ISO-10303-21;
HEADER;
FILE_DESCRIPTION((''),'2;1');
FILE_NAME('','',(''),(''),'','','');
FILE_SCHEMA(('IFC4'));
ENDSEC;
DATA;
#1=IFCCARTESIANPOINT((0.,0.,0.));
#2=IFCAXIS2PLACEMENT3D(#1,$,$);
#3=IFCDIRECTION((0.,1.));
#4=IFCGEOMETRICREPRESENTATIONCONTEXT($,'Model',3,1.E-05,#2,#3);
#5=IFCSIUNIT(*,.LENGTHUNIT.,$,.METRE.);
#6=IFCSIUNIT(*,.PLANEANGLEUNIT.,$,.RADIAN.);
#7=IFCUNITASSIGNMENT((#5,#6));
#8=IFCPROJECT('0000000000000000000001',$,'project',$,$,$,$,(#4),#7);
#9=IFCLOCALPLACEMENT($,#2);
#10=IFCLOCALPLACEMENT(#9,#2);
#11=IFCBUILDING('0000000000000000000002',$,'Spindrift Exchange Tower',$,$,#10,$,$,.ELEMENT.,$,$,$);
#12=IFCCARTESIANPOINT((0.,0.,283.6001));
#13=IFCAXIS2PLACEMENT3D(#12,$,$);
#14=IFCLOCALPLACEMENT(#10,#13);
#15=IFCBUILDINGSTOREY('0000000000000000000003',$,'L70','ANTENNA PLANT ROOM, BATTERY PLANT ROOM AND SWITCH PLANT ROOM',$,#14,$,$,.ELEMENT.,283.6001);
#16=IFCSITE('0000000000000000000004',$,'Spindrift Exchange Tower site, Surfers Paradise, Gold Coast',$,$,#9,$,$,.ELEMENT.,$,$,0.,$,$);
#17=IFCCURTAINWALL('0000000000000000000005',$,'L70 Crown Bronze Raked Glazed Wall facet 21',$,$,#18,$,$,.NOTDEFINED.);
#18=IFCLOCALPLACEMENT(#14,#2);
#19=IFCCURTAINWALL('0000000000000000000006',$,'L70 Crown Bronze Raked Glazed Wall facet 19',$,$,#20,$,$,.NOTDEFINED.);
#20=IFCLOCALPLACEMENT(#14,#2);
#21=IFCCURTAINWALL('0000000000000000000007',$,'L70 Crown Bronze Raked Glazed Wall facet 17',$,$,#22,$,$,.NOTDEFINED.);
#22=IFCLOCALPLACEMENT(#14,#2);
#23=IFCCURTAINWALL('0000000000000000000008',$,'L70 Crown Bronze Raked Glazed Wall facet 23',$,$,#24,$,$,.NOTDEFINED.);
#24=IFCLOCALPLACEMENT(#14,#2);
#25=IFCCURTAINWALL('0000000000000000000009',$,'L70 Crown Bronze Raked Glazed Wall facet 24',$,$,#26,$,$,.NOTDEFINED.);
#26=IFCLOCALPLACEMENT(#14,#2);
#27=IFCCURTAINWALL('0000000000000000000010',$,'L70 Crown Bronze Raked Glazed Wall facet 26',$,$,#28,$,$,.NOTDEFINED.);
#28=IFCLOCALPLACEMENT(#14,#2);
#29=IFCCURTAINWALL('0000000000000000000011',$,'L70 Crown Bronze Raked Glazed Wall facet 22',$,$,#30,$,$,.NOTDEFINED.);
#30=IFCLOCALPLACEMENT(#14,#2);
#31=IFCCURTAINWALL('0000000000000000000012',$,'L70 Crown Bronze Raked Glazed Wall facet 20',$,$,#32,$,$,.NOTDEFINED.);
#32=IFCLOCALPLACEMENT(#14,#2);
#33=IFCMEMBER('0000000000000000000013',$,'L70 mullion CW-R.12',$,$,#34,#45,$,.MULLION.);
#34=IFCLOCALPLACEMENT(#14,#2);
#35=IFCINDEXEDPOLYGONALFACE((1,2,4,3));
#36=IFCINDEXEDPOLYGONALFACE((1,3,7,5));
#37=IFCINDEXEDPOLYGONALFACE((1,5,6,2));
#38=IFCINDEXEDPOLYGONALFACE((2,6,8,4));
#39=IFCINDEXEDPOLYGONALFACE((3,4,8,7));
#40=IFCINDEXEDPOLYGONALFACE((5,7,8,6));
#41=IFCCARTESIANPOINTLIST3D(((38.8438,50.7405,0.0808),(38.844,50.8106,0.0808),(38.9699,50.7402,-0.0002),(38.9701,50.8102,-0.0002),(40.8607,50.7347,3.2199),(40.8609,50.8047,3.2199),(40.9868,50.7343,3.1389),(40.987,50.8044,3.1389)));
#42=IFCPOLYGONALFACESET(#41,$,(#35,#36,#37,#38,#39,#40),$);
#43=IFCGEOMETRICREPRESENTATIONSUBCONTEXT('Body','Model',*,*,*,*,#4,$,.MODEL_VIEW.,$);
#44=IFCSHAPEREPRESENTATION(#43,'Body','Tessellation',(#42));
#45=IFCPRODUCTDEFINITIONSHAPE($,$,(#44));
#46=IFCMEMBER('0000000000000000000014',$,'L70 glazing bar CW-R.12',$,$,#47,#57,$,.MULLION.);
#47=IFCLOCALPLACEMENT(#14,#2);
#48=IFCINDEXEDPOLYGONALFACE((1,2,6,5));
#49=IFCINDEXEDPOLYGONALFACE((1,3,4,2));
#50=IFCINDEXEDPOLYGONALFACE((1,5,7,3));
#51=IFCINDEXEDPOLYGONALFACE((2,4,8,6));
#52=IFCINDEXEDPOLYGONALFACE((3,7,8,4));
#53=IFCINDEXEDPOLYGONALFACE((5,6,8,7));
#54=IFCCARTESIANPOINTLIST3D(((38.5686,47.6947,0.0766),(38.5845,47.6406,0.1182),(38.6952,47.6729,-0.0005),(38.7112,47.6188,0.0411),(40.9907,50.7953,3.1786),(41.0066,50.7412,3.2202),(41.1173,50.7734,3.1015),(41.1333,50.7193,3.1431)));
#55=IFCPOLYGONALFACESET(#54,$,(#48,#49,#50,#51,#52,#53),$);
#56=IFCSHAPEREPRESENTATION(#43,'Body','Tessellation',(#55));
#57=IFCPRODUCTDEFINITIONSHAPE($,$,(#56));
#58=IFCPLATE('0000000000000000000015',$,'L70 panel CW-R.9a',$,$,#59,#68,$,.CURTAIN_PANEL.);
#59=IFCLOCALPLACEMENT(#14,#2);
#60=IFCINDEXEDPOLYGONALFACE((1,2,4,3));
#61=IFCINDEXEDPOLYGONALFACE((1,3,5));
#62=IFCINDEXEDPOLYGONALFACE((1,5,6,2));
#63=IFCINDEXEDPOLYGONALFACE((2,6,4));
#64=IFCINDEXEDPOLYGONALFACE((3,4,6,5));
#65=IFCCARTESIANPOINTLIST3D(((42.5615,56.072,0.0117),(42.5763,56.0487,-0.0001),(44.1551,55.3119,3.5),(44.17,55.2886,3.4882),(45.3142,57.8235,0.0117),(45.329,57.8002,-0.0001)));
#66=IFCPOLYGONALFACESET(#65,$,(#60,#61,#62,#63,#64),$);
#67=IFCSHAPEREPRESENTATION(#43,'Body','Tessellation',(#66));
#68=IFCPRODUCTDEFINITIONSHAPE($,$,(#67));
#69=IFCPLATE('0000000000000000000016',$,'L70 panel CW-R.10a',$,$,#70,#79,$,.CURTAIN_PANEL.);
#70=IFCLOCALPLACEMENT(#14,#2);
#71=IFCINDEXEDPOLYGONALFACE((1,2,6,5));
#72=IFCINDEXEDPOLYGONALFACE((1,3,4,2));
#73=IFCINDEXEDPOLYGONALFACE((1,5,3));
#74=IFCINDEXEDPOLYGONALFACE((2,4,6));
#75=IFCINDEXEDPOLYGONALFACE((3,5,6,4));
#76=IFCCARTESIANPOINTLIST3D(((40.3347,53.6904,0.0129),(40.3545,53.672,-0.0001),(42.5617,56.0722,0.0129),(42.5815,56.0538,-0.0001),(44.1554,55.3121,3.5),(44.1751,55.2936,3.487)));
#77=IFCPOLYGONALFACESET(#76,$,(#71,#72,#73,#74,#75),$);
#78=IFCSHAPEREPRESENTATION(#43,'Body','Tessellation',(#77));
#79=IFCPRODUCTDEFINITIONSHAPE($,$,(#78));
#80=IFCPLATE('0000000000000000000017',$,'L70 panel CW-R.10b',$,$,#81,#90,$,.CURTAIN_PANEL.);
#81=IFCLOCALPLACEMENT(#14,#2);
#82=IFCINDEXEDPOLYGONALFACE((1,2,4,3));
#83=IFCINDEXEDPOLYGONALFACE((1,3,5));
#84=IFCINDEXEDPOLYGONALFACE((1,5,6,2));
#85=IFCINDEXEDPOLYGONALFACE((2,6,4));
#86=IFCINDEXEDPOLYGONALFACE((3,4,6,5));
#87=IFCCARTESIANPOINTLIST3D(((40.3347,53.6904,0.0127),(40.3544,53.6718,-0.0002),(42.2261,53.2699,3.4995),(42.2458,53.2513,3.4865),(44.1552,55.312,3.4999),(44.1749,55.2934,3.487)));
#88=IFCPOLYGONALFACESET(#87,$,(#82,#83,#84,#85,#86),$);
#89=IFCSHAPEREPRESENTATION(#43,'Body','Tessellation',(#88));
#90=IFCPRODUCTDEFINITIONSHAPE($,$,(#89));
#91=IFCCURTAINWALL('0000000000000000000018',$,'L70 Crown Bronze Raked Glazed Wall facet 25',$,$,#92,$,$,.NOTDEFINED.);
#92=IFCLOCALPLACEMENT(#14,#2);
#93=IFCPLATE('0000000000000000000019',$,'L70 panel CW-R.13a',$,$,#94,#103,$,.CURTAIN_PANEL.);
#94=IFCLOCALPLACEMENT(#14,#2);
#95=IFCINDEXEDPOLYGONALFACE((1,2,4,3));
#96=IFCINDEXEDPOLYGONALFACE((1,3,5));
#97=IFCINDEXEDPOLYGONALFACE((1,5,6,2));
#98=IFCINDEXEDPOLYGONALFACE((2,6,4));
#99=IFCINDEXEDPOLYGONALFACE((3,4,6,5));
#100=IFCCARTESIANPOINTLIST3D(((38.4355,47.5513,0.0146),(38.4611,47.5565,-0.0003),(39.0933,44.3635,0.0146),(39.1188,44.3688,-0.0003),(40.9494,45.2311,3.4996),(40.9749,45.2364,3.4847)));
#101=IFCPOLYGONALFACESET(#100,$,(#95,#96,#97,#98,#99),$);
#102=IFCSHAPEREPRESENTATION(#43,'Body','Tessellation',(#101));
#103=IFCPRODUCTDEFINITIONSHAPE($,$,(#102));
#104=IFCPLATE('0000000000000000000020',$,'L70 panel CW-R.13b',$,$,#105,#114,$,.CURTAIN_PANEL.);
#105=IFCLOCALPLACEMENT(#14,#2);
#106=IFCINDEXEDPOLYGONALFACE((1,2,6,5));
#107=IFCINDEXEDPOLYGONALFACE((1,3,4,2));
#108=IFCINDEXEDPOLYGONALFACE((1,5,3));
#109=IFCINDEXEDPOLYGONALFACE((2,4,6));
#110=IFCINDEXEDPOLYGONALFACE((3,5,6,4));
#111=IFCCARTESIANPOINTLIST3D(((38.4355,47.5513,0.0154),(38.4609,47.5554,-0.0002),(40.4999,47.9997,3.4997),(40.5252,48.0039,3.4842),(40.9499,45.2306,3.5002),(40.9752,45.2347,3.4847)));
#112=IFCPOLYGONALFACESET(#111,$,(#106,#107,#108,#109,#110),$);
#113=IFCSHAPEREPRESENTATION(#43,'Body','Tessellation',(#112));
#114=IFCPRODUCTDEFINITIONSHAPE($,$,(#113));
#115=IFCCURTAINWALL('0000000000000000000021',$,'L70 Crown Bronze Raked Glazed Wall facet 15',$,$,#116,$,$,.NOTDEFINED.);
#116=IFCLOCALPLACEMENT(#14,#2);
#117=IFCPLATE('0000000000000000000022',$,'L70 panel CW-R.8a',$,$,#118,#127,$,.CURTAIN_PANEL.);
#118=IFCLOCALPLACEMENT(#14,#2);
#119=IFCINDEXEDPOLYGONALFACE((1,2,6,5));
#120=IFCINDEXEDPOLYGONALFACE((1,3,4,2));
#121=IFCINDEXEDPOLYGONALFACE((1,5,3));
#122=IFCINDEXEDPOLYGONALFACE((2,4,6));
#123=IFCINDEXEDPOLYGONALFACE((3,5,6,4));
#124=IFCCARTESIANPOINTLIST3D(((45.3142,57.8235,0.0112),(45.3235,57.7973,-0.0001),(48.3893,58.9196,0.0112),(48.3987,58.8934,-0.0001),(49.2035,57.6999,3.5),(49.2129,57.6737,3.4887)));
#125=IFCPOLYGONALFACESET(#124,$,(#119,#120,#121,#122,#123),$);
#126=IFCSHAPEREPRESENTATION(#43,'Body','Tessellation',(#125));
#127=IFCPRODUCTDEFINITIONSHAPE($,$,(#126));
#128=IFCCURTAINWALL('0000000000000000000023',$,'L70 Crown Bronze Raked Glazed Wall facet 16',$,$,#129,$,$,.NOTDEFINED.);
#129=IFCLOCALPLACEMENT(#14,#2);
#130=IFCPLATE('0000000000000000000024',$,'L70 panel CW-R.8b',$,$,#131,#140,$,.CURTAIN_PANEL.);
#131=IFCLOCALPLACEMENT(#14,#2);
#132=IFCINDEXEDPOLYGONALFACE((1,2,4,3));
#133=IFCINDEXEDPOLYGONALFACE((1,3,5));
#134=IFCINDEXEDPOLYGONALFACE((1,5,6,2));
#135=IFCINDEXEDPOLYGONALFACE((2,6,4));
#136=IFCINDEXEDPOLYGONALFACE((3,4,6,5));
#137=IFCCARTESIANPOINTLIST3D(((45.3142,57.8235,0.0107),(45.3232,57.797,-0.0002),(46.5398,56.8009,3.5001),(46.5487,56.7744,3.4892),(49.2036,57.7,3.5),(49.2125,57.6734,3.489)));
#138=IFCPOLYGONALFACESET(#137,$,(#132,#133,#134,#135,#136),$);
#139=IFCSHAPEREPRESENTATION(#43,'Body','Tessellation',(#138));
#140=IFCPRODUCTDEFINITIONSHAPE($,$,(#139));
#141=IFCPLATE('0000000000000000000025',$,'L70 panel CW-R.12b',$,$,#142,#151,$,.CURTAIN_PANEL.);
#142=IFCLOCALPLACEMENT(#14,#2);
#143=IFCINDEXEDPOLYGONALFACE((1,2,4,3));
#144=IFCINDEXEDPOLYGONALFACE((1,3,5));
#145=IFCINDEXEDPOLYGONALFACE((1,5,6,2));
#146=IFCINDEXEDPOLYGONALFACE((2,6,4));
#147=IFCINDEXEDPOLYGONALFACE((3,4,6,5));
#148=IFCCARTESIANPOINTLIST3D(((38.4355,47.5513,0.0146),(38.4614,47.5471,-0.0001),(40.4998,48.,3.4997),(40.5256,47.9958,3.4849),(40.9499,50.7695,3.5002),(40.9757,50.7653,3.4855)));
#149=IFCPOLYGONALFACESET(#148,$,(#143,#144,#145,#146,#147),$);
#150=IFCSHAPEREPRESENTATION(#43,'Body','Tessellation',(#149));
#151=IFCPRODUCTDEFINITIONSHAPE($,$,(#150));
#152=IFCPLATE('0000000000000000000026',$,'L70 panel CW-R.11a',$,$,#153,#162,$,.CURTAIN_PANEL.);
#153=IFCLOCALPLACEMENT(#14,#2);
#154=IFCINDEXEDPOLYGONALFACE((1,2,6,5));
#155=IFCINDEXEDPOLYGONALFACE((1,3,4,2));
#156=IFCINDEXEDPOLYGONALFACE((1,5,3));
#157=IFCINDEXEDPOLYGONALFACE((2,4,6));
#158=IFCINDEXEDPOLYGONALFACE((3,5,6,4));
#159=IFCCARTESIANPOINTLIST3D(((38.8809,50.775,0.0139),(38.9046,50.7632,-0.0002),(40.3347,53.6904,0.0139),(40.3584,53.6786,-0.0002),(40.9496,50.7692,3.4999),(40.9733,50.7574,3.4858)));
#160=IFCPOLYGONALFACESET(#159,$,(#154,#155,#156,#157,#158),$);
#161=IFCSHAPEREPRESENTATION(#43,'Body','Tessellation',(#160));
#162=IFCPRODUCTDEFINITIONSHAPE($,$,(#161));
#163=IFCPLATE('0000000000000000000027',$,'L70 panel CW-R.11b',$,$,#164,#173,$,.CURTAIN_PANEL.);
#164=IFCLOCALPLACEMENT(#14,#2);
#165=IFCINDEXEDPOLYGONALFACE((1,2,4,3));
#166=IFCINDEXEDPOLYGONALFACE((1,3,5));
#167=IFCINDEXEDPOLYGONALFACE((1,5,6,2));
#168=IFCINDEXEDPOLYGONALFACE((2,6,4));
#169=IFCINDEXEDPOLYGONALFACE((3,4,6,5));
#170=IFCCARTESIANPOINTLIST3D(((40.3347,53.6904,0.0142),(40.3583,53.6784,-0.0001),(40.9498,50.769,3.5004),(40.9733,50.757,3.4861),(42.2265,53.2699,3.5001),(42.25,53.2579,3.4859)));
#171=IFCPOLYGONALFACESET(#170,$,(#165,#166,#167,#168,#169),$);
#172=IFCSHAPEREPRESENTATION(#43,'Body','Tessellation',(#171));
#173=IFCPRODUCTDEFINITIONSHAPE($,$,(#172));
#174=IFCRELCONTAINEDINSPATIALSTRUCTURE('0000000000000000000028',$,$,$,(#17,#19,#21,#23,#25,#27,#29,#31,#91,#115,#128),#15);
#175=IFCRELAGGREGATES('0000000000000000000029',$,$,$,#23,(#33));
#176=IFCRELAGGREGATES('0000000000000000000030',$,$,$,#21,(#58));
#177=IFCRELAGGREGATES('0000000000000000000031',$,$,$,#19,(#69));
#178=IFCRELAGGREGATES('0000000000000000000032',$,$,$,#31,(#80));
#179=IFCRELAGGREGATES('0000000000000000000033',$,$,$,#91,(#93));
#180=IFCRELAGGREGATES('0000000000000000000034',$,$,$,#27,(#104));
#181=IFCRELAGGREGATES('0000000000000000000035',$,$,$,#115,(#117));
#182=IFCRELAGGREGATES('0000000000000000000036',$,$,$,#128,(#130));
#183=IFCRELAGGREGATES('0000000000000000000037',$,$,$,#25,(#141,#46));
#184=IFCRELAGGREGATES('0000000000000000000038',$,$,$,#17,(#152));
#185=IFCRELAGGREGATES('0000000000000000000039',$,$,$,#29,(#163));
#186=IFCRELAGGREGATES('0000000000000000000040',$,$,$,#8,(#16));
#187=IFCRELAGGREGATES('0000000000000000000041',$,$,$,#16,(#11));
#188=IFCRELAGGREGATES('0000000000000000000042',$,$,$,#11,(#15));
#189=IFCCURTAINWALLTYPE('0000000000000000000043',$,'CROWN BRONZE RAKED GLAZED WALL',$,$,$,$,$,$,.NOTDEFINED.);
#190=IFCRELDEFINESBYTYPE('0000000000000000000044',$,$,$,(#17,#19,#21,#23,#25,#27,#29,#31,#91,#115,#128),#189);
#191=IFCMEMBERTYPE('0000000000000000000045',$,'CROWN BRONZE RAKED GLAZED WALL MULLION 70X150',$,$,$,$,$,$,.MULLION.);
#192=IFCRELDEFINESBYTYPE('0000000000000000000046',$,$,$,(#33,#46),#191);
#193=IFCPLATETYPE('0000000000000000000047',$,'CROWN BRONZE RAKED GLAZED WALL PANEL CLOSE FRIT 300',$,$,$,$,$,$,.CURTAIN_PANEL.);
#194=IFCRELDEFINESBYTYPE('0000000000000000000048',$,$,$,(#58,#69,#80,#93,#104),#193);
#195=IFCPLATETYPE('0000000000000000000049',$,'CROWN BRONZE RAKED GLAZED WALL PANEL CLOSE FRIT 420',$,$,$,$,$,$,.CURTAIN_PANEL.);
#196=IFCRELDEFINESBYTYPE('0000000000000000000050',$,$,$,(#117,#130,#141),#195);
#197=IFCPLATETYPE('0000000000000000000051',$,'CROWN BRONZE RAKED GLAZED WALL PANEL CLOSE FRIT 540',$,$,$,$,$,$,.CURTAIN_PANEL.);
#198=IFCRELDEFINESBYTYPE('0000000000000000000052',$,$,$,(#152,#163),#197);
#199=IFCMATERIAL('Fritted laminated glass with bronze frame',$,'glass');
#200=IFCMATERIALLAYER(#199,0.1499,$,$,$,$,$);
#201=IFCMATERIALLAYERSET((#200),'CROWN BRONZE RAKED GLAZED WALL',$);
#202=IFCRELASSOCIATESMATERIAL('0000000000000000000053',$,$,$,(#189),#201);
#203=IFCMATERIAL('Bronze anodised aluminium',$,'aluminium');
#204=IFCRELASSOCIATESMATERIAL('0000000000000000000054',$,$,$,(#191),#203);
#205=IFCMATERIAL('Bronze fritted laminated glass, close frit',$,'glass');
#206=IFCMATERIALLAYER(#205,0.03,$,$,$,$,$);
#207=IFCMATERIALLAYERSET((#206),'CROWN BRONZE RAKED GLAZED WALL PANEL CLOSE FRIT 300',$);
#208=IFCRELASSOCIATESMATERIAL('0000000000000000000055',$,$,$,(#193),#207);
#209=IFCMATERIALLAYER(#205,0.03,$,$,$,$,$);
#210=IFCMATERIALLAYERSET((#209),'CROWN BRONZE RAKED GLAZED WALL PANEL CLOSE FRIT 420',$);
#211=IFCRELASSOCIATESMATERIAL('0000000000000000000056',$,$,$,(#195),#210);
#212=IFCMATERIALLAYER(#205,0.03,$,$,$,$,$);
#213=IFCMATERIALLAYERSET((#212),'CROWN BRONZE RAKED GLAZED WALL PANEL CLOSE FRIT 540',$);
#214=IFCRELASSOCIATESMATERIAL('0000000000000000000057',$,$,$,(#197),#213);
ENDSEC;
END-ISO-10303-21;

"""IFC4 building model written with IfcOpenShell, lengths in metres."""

from ifc_helpers import new_model, si_unit, direction, frame, origin, origin_2d, place, context, subcontext, project, spatial, line, indexed_curve, rectangle, outline, extrude, source, transform, mapped, material, layer, layer_set, material_profile, profile_set, type_object, element, aggregate, save


model = new_model("IFC4")

# Units and contexts
model_context = context("Model", 3, precision=1e-05, world=origin(), true_north=direction((0.0, 1.0)))
body_context = subcontext(model_context, "Body", "Model", "MODEL_VIEW")
ifc_project = project(units=[si_unit("LENGTHUNIT", "METRE"), si_unit("PLANEANGLEUNIT", "RADIAN")], contexts=[model_context])

# Site, building, storey
site_placement = place(None, origin())
site = spatial("IfcSite", under=ifc_project, at=site_placement, Name="Spindrift Exchange Tower site, Surfers Paradise, Gold Coast", CompositionType="ELEMENT", RefElevation=0.0)
building_placement = place(site_placement, origin())
building = spatial("IfcBuilding", under=site, at=building_placement, Name="Spindrift Exchange Tower", CompositionType="ELEMENT")
storey_placement = place(building_placement, frame((0.0, 0.0, 283.6001)))
storey = spatial("IfcBuildingStorey", under=building, at=storey_placement, Name="L70", Description="ANTENNA PLANT ROOM, BATTERY PLANT ROOM AND SWITCH PLANT ROOM", CompositionType="ELEMENT", Elevation=283.6001)

# Curtain walls
ifc_material_1 = material(Name="Fritted laminated glass with bronze frame", Category="glass")
ifc_layer_1 = layer(ifc_material_1, 0.1499)
ifc_layer_set_1 = layer_set([ifc_layer_1], Name="CROWN BRONZE RAKED GLAZED WALL")
curtain_wall_type = type_object("IfcCurtainWallType", Name="CROWN BRONZE RAKED GLAZED WALL", PredefinedType="NOTDEFINED", material=ifc_layer_set_1)
curtain_wall_1_placement = place(storey_placement, origin())
curtain_wall_1 = element("IfcCurtainWall", 1, at=curtain_wall_1_placement, inside=storey, type_object=curtain_wall_type, Name="L70 Crown Bronze Raked Glazed Wall facet 21", PredefinedType="NOTDEFINED")
ifc_material_2 = material(Name="Bronze anodised aluminium", Category="aluminium")
curtain_wall_2_placement = place(storey_placement, origin())
curtain_wall_2 = element("IfcCurtainWall", 2, at=curtain_wall_2_placement, inside=storey, type_object=curtain_wall_type, Name="L70 Crown Bronze Raked Glazed Wall facet 19", PredefinedType="NOTDEFINED")
curtain_wall_3_placement = place(storey_placement, origin())
curtain_wall_3 = element("IfcCurtainWall", 3, at=curtain_wall_3_placement, inside=storey, type_object=curtain_wall_type, Name="L70 Crown Bronze Raked Glazed Wall facet 17", PredefinedType="NOTDEFINED")
curtain_wall_4_placement = place(storey_placement, origin())
curtain_wall_4 = element("IfcCurtainWall", 4, at=curtain_wall_4_placement, inside=storey, type_object=curtain_wall_type, Name="L70 Crown Bronze Raked Glazed Wall facet 23", PredefinedType="NOTDEFINED")
curtain_wall_5_placement = place(storey_placement, origin())
curtain_wall_5 = element("IfcCurtainWall", 5, at=curtain_wall_5_placement, inside=storey, type_object=curtain_wall_type, Name="L70 Crown Bronze Raked Glazed Wall facet 24", PredefinedType="NOTDEFINED")

# Curtain wall
curtain_wall_6_placement = place(storey_placement, origin())
curtain_wall_6 = element("IfcCurtainWall", 6, at=curtain_wall_6_placement, inside=storey, type_object=curtain_wall_type, Name="L70 Crown Bronze Raked Glazed Wall facet 26", PredefinedType="NOTDEFINED")
ifc_material_profile_1 = material_profile(ifc_material_2, rectangle(XDim=0.0701, YDim=0.1499, at=origin_2d()), Name="CROWN BRONZE RAKED GLAZED WALL MULLION 70X150")
ifc_profile_set_1 = profile_set([ifc_material_profile_1], Name="Bronze anodised aluminium")
member_type_1 = type_object("IfcMemberType", Name="CROWN BRONZE RAKED GLAZED WALL MULLION 70X150", PredefinedType="MULLION", material=ifc_profile_set_1)

# Curtain walls
curtain_wall_7_placement = place(storey_placement, origin())
curtain_wall_7 = element("IfcCurtainWall", 7, at=curtain_wall_7_placement, inside=storey, type_object=curtain_wall_type, Name="L70 Crown Bronze Raked Glazed Wall facet 22", PredefinedType="NOTDEFINED")
curtain_wall_8_placement = place(storey_placement, origin())
curtain_wall_8 = element("IfcCurtainWall", 8, at=curtain_wall_8_placement, inside=storey, type_object=curtain_wall_type, Name="L70 Crown Bronze Raked Glazed Wall facet 20", PredefinedType="NOTDEFINED")

# Members
shared_shape_1 = source(origin(), body_context, "Body", "SweptSolid", [
    extrude(rectangle(XDim=0.0701, YDim=0.1499, at=origin_2d()), origin(), (0.0, 0.0, 1.0), 3.7312),
])
member_1_placement = place(storey_placement, frame((38.907, 50.7754, 0.0403), z_axis=(0.540532, -0.00157, 0.841322), x_axis=(0.002905, 0.999996, 0.0)))
member_1 = element("IfcMember", 9, at=member_1_placement, type_object=member_type_1, Name="L70 mullion CW-R.12", PredefinedType="MULLION", context=body_context, shape_type="MappedRepresentation", body=[
    mapped(shared_shape_1, transform((0.0, 0.0, 0.0), scale=1.0)),
])
aggregate(curtain_wall_4, [member_1])
shared_shape_2 = source(origin(), body_context, "Body", "SweptSolid", [
    extrude(rectangle(XDim=0.0701, YDim=0.1499, at=origin_2d()), origin(), (0.0, 0.0, 1.0), 5.0103),
])
member_2_placement = place(storey_placement, frame((38.6399, 47.6567, 0.0588), z_axis=(0.483429, 0.618844, 0.619136), x_axis=(-0.228207, 0.771911, -0.593359)))
member_2 = element("IfcMember", 10, at=member_2_placement, type_object=member_type_1, Name="L70 glazing bar CW-R.12", PredefinedType="MULLION", context=body_context, shape_type="MappedRepresentation", body=[
    mapped(shared_shape_2, transform((0.0, 0.0, 0.0), scale=1.0)),
])

# Plates
ifc_material_3 = material(Name="Bronze fritted laminated glass, close frit", Category="glass")
ifc_layer_2 = layer(ifc_material_3, 0.03)
ifc_layer_set_2 = layer_set([ifc_layer_2], Name="CROWN BRONZE RAKED GLAZED WALL PANEL CLOSE FRIT 300")
plate_type_1 = type_object("IfcPlateType", Name="CROWN BRONZE RAKED GLAZED WALL PANEL CLOSE FRIT 300", PredefinedType="CURTAIN_PANEL", material=ifc_layer_set_2)
plate_1_placement = place(storey_placement, frame((45.3142, 57.8235, 0.0117), z_axis=(-0.493325, 0.775334, 0.39432), x_axis=(-0.843695, -0.536822, 0.0)))
plate_1 = element("IfcPlate", 11, at=plate_1_placement, type_object=plate_type_1, Name="L70 panel CW-R.9a", PredefinedType="CURTAIN_PANEL", context=body_context, shape_type="SweptSolid", body=[
    extrude(outline(indexed_curve([(0.0, 0.0), (3.2627, 0.0), (2.3262, 3.7959)], segments=[line(1, 2, 3, 1)], self_intersect=False)), origin(), (0.0, 0.0, -1.0), 0.03),
])
aggregate(curtain_wall_3, [plate_1])
plate_2_placement = place(storey_placement, frame((40.3347, 53.6904, 0.0129), z_axis=(-0.657818, 0.615065, 0.434708), x_axis=(0.682972, 0.730445, 0.0)))
plate_2 = element("IfcPlate", 12, at=plate_2_placement, type_object=plate_type_1, Name="L70 panel CW-R.10a", PredefinedType="CURTAIN_PANEL", context=body_context, shape_type="SweptSolid", body=[
    extrude(outline(indexed_curve([(0.0, 0.0), (3.2607, 0.0), (3.7939, -3.8721)], segments=[line(1, 2, 3, 1)], self_intersect=False)), origin(), (0.0, 0.0, -1.0), 0.03),
])
aggregate(curtain_wall_2, [plate_2])
plate_3_placement = place(storey_placement, frame((40.3347, 53.6904, 0.0127), z_axis=(-0.656116, 0.619722, 0.430647), x_axis=(0.704767, 0.299128, 0.643293)))
plate_3 = element("IfcPlate", 13, at=plate_3_placement, type_object=plate_type_1, Name="L70 panel CW-R.10b", PredefinedType="CURTAIN_PANEL", context=body_context, shape_type="SweptSolid", body=[
    extrude(outline(indexed_curve([(0.0, 0.0), (5.4209, 0.0), (3.4502, -2.002)], segments=[line(1, 2, 3, 1)], self_intersect=False)), origin(), (0.0, 0.0, -1.0), 0.03),
])
aggregate(curtain_wall_8, [plate_3])

# Curtain wall, plate
curtain_wall_9_placement = place(storey_placement, origin())
curtain_wall_9 = element("IfcCurtainWall", 14, at=curtain_wall_9_placement, inside=storey, type_object=curtain_wall_type, Name="L70 Crown Bronze Raked Glazed Wall facet 25", PredefinedType="NOTDEFINED")
plate_4_placement = place(storey_placement, frame((38.4355, 47.5513, 0.0146), z_axis=(-0.850148, -0.175408, 0.496468), x_axis=(0.20207, -0.979371, 0.0)))
plate_4 = element("IfcPlate", 15, at=plate_4_placement, type_object=plate_type_1, Name="L70 panel CW-R.13a", PredefinedType="CURTAIN_PANEL", context=body_context, shape_type="SweptSolid", body=[
    extrude(outline(indexed_curve([(0.0, 0.0), (3.2549, 0.0), (2.7803, 4.0146)], segments=[line(1, 2, 3, 1)], self_intersect=False)), origin(), (0.0, 0.0, -1.0), 0.03),
])
aggregate(curtain_wall_9, [plate_4])

# Plate
plate_5_placement = place(storey_placement, frame((38.4355, 47.5513, 0.0154), z_axis=(-0.844377, -0.137119, 0.517906), x_axis=(0.514828, -0.475183, 0.71355)))
plate_5 = element("IfcPlate", 16, at=plate_5_placement, type_object=plate_type_1, Name="L70 panel CW-R.13b", PredefinedType="CURTAIN_PANEL", context=body_context, shape_type="SweptSolid", body=[
    extrude(outline(indexed_curve([(0.0, 0.0), (4.8838, 0.0), (3.3359, 2.3398)], segments=[line(1, 2, 3, 1)], self_intersect=False)), origin(), (0.0, 0.0, -1.0), 0.03),
])
aggregate(curtain_wall_6, [plate_5])

# Curtain walls, plates
curtain_wall_10_placement = place(storey_placement, origin())
curtain_wall_10 = element("IfcCurtainWall", 17, at=curtain_wall_10_placement, inside=storey, type_object=curtain_wall_type, Name="L70 Crown Bronze Raked Glazed Wall facet 15", PredefinedType="NOTDEFINED")
ifc_layer_3 = layer(ifc_material_3, 0.03)
ifc_layer_set_3 = layer_set([ifc_layer_3], Name="CROWN BRONZE RAKED GLAZED WALL PANEL CLOSE FRIT 420")
plate_type_2 = type_object("IfcPlateType", Name="CROWN BRONZE RAKED GLAZED WALL PANEL CLOSE FRIT 420", PredefinedType="CURTAIN_PANEL", material=ifc_layer_set_3)
plate_6_placement = place(storey_placement, frame((45.3142, 57.8235, 0.0112), z_axis=(-0.310907, 0.872258, 0.377496), x_axis=(0.941952, 0.335749, 0.0)))
plate_6 = element("IfcPlate", 18, at=plate_6_placement, type_object=plate_type_2, Name="L70 panel CW-R.8a", PredefinedType="CURTAIN_PANEL", context=body_context, shape_type="SweptSolid", body=[
    extrude(outline(indexed_curve([(0.0, 0.0), (3.2646, 0.0), (3.6221, -3.7676)], segments=[line(1, 2, 3, 1)], self_intersect=False)), origin(), (0.0, 0.0, -1.0), 0.03),
])
aggregate(curtain_wall_10, [plate_6])
curtain_wall_11_placement = place(storey_placement, origin())
curtain_wall_11 = element("IfcCurtainWall", 19, at=curtain_wall_11_placement, inside=storey, type_object=curtain_wall_type, Name="L70 Crown Bronze Raked Glazed Wall facet 16", PredefinedType="NOTDEFINED")
plate_7_placement = place(storey_placement, frame((45.3142, 57.8235, 0.0107), z_axis=(-0.297915, 0.882744, 0.363333), x_axis=(0.744152, -0.023636, 0.667592)))
plate_7 = element("IfcPlate", 20, at=plate_7_placement, type_object=plate_type_2, Name="L70 panel CW-R.8b", PredefinedType="CURTAIN_PANEL", context=body_context, shape_type="SweptSolid", body=[
    extrude(outline(indexed_curve([(0.0, 0.0), (5.2266, 0.0), (3.2656, -2.0146)], segments=[line(1, 2, 3, 1)], self_intersect=False)), origin(), (0.0, 0.0, -1.0), 0.03),
])
aggregate(curtain_wall_11, [plate_7])

# Plates
plate_8_placement = place(storey_placement, frame((38.4355, 47.5513, 0.0146), z_axis=(-0.859744, 0.139615, 0.491271), x_axis=(0.468288, 0.599389, 0.649183)))
plate_8 = element("IfcPlate", 21, at=plate_8_placement, type_object=plate_type_2, Name="L70 panel CW-R.12b", PredefinedType="CURTAIN_PANEL", context=body_context, shape_type="SweptSolid", body=[
    extrude(outline(indexed_curve([(0.0, 0.0), (5.3691, 0.0), (3.498, -2.0908)], segments=[line(1, 2, 3, 1)], self_intersect=False)), origin(), (0.0, 0.0, -1.0), 0.03),
])
aggregate(curtain_wall_5, [plate_8, member_2])
ifc_layer_4 = layer(ifc_material_3, 0.03)
ifc_layer_set_4 = layer_set([ifc_layer_4], Name="CROWN BRONZE RAKED GLAZED WALL PANEL CLOSE FRIT 540")
plate_type_3 = type_object("IfcPlateType", Name="CROWN BRONZE RAKED GLAZED WALL PANEL CLOSE FRIT 540", PredefinedType="CURTAIN_PANEL", material=ifc_layer_set_4)
plate_9_placement = place(storey_placement, frame((40.3347, 53.6904, 0.0139), z_axis=(-0.790123, 0.394003, 0.46954), x_axis=(-0.446254, -0.894906, 0.0)))
plate_9 = element("IfcPlate", 22, at=plate_9_placement, type_object=plate_type_3, Name="L70 panel CW-R.11a", PredefinedType="CURTAIN_PANEL", context=body_context, shape_type="SweptSolid", body=[
    extrude(outline(indexed_curve([(0.0, 0.0), (3.2578, 0.0), (2.3398, 3.9482)], segments=[line(1, 2, 3, 1)], self_intersect=False)), origin(), (0.0, 0.0, -1.0), 0.03),
])
aggregate(curtain_wall_1, [plate_9])
plate_10_placement = place(storey_placement, frame((40.3347, 53.6904, 0.0142), z_axis=(-0.784274, 0.400407, 0.473908), x_axis=(0.134003, -0.636501, 0.759546)))
plate_10 = element("IfcPlate", 23, at=plate_10_placement, type_object=plate_type_3, Name="L70 panel CW-R.11b", PredefinedType="CURTAIN_PANEL", context=body_context, shape_type="SweptSolid", body=[
    extrude(outline(indexed_curve([(0.0, 0.0), (4.5898, 0.0), (3.1689, 2.4219)], segments=[line(1, 2, 3, 1)], self_intersect=False)), origin(), (0.0, 0.0, -1.0), 0.03),
])
aggregate(curtain_wall_7, [plate_10])

save(model, "model.ifc")
